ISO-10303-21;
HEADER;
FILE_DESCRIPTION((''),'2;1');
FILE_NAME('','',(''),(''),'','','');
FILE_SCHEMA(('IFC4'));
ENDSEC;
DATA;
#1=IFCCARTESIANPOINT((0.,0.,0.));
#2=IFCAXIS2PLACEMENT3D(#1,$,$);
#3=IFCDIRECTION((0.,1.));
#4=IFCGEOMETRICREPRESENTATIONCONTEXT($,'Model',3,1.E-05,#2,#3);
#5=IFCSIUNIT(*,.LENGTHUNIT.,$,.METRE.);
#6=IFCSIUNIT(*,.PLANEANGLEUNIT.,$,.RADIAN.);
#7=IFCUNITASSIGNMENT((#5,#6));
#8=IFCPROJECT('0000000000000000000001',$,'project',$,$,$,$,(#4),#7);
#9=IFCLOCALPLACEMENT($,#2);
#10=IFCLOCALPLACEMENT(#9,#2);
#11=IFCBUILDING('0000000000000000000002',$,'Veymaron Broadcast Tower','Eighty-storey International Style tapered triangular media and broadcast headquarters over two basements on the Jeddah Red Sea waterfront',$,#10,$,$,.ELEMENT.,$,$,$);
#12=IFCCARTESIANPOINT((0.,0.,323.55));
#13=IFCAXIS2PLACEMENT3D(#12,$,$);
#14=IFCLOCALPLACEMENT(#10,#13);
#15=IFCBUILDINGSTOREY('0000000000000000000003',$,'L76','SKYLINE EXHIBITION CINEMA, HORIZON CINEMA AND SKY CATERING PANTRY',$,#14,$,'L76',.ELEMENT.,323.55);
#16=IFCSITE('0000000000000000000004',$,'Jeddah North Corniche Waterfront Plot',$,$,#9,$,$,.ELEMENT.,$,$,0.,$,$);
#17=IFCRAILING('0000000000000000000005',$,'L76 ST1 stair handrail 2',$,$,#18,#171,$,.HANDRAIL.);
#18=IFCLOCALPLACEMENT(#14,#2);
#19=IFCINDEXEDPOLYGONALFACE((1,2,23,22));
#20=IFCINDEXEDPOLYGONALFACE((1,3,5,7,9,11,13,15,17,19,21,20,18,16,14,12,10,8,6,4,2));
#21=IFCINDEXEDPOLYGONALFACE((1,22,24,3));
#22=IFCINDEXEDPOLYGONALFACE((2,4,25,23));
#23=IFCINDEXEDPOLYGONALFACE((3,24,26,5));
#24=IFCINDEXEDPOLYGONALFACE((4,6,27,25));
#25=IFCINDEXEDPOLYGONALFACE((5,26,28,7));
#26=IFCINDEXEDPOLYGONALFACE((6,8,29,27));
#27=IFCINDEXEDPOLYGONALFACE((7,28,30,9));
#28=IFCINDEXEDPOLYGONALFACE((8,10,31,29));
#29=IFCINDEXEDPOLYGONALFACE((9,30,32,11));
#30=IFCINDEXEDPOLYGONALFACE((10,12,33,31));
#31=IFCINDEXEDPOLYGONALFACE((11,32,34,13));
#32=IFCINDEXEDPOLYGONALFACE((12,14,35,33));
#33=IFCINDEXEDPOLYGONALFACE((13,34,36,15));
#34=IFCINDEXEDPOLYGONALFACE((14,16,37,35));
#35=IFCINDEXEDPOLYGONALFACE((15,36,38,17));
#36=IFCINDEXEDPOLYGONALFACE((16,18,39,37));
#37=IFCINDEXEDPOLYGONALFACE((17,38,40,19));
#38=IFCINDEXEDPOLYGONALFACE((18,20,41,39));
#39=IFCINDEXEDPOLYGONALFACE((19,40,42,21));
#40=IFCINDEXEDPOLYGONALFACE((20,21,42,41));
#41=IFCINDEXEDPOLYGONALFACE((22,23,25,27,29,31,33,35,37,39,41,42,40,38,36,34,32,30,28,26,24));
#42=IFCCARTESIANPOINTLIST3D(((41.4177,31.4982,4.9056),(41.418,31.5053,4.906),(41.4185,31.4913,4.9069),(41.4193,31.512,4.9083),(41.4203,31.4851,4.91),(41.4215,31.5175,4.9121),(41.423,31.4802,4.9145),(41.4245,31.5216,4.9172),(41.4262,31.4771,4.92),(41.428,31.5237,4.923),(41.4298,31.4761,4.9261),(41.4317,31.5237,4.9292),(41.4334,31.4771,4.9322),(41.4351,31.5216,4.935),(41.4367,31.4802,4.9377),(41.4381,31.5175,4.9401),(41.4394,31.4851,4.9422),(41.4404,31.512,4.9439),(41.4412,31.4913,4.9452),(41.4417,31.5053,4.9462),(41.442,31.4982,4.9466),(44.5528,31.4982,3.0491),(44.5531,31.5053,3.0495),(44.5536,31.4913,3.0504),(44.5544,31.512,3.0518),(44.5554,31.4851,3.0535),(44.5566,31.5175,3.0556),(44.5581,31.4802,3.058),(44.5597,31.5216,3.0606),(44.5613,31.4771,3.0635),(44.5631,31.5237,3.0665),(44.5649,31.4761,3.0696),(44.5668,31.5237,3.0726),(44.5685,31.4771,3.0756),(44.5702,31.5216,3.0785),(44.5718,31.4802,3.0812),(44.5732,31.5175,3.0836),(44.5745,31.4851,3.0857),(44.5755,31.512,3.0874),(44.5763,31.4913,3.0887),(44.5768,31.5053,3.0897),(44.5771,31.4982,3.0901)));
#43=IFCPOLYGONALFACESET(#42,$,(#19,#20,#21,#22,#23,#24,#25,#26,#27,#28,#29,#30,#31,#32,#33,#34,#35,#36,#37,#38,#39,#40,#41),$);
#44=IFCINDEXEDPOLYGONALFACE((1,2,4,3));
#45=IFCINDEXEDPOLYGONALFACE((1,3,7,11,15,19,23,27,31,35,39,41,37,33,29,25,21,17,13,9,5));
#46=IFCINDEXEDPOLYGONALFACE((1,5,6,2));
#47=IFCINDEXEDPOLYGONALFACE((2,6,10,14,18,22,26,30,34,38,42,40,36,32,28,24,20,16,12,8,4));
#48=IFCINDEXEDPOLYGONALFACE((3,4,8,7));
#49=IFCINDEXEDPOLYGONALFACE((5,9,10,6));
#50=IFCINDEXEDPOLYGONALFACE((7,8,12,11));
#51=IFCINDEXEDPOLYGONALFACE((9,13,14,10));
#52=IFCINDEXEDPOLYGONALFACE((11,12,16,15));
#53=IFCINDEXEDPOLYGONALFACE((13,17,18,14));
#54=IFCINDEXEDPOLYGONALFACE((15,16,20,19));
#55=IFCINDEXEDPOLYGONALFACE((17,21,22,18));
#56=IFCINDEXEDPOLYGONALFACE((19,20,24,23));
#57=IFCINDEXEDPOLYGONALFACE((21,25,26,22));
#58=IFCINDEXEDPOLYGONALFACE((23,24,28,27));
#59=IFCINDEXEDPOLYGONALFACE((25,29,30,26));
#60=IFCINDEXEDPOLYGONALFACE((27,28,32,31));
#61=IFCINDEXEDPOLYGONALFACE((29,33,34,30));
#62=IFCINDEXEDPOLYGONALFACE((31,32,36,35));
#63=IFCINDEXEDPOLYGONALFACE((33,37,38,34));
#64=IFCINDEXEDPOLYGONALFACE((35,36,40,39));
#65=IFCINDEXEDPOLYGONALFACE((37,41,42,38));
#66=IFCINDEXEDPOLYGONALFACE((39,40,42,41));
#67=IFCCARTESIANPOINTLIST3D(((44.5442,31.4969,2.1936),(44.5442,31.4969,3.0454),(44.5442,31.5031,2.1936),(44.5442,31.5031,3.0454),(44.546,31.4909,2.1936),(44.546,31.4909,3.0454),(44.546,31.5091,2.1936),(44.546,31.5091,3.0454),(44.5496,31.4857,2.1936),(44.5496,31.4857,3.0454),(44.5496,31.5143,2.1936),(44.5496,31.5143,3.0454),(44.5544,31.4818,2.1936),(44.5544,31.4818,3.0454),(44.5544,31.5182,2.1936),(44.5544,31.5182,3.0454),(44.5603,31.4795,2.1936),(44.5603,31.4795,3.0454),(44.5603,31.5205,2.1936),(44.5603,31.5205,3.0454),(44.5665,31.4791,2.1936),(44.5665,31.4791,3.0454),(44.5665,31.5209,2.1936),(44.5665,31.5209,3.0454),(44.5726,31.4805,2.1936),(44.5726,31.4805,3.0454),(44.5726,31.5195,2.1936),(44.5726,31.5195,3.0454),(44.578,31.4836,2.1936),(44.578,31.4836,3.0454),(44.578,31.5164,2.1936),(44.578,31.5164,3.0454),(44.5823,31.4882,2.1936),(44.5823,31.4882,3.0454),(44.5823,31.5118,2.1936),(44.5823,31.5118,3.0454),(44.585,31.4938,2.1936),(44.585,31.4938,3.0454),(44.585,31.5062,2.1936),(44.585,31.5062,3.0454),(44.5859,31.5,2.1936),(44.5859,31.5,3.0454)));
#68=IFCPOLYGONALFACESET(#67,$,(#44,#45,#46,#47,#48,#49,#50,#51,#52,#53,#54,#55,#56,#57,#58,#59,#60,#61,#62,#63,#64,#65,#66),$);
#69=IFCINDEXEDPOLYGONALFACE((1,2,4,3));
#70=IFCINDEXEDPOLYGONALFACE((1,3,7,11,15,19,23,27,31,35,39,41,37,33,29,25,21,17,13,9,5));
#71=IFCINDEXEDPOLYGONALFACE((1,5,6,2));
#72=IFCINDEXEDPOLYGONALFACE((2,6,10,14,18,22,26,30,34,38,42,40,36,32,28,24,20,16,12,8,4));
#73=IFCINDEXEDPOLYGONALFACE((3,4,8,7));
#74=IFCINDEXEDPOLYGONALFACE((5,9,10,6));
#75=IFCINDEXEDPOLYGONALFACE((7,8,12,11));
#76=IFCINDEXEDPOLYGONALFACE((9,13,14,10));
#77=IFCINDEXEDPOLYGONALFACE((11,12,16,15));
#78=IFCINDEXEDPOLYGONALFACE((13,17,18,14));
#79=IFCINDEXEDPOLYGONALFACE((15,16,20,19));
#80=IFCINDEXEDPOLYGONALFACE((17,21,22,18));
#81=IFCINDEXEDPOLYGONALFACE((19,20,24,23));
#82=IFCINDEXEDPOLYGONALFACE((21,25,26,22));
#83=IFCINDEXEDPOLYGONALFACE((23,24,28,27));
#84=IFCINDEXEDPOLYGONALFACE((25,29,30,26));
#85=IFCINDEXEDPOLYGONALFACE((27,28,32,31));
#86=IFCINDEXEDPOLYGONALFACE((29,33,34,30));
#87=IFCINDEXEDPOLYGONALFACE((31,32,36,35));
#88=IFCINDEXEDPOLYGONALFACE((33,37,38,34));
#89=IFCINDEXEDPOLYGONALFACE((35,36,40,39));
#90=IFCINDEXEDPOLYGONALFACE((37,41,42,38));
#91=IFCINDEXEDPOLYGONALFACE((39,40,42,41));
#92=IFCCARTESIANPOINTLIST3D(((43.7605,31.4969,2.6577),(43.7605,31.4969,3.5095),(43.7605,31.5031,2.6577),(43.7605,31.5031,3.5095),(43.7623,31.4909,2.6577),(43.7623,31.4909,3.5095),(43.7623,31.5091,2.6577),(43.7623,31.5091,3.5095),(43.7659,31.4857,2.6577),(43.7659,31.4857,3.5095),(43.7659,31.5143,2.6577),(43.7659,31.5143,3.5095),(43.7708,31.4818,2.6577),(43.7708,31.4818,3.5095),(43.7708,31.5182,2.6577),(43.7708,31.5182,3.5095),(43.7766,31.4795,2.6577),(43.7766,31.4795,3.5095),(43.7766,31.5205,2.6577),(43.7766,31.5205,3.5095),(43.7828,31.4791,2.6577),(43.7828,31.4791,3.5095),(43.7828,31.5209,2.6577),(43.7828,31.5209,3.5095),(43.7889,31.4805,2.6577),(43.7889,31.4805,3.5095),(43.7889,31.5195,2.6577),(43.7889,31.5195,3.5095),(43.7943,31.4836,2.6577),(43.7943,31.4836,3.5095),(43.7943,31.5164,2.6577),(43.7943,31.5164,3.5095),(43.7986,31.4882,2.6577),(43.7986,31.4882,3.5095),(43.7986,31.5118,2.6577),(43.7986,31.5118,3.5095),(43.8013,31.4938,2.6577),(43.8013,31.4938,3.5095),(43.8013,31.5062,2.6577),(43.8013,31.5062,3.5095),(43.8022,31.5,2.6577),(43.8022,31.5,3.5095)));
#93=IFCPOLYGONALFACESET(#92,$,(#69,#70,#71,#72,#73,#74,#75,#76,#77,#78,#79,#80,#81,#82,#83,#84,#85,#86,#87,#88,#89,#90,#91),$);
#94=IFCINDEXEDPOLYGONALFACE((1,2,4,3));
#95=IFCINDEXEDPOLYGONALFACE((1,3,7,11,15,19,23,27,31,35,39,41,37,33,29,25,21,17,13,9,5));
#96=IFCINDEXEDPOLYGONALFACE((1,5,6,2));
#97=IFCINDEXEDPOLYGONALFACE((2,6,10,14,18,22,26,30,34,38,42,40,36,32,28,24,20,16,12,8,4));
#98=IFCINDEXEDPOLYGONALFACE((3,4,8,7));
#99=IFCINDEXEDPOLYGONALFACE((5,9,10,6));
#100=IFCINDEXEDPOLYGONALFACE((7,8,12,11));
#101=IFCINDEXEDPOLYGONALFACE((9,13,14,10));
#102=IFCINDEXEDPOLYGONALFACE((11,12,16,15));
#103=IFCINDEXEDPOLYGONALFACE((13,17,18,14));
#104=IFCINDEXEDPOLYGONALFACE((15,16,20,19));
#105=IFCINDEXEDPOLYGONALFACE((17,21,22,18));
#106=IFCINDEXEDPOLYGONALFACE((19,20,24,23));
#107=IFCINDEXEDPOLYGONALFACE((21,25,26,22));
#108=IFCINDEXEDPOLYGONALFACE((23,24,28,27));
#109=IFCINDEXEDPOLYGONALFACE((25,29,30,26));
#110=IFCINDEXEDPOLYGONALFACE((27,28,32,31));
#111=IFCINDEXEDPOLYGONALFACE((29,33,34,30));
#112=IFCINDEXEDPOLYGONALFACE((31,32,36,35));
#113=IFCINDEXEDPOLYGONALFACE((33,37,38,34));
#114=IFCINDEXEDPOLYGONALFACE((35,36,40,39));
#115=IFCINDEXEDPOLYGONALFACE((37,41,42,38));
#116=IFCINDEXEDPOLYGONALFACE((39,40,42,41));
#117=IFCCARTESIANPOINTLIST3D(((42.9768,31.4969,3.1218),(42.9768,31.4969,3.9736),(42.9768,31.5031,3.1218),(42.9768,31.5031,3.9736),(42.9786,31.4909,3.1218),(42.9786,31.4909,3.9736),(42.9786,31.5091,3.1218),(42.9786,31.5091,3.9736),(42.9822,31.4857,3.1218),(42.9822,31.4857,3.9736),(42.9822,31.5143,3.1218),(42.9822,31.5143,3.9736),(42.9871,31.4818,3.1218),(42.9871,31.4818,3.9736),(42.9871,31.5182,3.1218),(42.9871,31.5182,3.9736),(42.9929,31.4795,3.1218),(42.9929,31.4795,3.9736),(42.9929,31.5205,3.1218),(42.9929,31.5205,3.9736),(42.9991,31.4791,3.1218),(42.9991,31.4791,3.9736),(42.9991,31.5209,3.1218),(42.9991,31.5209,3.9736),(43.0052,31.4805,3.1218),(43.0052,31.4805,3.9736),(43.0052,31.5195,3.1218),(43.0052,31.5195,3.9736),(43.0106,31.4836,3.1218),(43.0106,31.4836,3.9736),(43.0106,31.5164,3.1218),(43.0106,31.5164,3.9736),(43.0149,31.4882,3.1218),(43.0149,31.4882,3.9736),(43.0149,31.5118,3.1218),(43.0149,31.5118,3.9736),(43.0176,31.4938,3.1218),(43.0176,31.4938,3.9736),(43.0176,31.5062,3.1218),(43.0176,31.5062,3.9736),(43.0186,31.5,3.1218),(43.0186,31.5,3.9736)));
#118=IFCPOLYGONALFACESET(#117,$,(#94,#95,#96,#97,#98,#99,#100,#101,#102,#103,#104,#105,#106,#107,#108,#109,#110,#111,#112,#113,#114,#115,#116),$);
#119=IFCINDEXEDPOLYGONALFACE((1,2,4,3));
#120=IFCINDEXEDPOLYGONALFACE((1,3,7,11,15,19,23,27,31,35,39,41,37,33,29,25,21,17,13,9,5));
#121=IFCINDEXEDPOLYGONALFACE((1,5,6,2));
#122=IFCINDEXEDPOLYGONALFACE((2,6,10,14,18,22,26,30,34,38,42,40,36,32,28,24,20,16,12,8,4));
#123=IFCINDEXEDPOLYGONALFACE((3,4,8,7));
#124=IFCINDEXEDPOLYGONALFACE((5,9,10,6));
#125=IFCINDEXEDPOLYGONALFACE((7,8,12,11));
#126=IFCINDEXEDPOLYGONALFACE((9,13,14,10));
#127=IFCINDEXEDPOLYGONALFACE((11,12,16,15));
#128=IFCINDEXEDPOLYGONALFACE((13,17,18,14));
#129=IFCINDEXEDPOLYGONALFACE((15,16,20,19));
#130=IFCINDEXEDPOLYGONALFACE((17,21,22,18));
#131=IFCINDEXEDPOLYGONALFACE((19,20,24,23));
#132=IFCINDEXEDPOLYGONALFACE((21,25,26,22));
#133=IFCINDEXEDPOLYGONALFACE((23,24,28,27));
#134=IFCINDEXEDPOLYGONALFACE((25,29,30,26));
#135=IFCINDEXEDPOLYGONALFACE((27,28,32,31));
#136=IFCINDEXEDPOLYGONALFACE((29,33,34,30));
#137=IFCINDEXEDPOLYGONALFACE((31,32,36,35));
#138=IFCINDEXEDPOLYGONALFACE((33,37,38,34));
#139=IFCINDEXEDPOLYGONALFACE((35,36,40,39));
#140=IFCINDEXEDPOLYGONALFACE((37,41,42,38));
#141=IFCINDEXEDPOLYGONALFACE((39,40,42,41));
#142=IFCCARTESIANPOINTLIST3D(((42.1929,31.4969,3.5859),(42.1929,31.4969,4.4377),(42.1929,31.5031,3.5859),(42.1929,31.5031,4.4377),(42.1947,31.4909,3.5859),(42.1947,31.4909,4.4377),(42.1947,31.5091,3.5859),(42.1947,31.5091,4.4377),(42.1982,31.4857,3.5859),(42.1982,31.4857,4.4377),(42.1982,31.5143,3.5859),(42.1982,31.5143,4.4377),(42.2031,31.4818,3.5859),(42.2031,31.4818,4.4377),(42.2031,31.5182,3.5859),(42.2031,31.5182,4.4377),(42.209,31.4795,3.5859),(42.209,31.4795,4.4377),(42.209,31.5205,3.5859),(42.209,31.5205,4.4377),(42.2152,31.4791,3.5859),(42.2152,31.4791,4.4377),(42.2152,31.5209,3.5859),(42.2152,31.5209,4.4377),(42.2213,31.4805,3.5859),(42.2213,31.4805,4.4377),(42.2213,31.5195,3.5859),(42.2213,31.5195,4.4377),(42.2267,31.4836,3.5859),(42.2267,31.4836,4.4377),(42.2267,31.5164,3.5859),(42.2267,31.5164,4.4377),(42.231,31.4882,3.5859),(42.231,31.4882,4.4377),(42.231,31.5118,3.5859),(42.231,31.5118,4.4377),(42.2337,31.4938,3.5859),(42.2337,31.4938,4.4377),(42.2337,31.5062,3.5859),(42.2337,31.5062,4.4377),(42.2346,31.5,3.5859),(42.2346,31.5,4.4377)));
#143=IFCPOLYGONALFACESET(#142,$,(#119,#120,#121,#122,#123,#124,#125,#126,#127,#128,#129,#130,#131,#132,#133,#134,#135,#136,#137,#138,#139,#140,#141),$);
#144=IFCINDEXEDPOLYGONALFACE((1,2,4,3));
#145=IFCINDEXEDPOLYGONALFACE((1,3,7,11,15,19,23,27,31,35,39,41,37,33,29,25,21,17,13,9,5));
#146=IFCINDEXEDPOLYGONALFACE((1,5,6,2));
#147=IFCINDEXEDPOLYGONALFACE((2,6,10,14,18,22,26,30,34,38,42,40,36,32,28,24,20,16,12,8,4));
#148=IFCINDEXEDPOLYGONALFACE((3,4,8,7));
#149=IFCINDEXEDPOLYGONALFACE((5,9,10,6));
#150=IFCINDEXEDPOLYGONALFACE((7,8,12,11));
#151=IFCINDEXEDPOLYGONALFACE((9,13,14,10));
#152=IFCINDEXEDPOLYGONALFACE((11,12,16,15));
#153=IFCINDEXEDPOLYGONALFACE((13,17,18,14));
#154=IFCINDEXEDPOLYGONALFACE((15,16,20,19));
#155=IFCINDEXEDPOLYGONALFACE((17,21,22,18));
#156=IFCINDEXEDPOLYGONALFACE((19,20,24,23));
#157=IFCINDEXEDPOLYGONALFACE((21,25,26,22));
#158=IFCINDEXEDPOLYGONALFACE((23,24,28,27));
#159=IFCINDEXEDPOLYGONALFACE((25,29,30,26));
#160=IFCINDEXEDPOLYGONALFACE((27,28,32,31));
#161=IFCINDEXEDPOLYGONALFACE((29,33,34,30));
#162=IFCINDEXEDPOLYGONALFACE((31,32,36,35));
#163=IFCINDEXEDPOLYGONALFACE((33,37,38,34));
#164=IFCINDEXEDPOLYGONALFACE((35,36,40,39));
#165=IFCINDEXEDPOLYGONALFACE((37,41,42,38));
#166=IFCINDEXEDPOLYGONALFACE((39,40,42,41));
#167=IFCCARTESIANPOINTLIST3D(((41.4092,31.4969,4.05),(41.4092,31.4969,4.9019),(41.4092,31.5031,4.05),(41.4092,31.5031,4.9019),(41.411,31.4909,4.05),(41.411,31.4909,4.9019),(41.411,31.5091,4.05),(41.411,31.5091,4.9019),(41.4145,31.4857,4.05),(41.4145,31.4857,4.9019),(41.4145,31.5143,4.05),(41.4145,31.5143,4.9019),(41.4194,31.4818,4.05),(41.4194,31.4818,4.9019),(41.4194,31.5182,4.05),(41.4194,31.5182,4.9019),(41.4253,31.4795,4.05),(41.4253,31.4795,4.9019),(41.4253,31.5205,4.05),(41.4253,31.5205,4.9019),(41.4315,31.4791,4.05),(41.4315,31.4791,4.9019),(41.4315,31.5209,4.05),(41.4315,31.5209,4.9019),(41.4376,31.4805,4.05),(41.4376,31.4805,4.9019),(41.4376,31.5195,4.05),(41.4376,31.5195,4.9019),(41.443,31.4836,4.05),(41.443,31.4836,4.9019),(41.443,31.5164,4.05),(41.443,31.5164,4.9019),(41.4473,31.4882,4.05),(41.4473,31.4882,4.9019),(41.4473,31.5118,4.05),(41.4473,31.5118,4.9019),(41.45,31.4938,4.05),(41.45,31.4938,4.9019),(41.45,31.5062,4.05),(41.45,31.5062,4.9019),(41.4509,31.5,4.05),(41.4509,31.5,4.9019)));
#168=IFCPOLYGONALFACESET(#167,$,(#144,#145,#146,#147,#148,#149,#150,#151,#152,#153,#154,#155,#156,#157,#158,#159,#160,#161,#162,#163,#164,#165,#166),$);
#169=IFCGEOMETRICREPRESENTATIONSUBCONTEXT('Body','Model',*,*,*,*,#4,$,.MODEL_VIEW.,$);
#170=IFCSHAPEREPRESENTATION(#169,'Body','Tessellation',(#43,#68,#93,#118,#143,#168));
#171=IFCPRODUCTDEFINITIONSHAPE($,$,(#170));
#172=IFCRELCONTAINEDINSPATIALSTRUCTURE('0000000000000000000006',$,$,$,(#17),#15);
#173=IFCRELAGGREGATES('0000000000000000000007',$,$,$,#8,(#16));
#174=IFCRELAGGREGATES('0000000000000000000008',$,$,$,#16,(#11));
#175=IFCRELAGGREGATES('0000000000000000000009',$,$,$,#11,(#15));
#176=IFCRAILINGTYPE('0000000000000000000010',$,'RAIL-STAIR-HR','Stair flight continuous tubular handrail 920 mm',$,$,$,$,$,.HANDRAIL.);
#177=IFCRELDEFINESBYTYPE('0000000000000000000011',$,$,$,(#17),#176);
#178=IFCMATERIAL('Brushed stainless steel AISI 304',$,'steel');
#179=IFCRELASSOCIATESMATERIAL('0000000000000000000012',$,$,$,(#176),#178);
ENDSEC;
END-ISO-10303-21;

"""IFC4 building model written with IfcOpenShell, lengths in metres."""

from ifc_helpers import new_model, si_unit, direction, frame, origin, origin_2d, place, context, subcontext, project, spatial, circle, extrude, material, type_object, element, save


model = new_model("IFC4")

# Units and contexts
model_context = context("Model", 3, precision=1e-05, world=origin(), true_north=direction((0.0, 1.0)))
body_context = subcontext(model_context, "Body", "Model", "MODEL_VIEW")
ifc_project = project(units=[si_unit("LENGTHUNIT", "METRE"), si_unit("PLANEANGLEUNIT", "RADIAN")], contexts=[model_context])

# Site, building, storey
site_placement = place(None, origin())
site = spatial("IfcSite", under=ifc_project, at=site_placement, Name="Jeddah North Corniche Waterfront Plot", CompositionType="ELEMENT", RefElevation=0.0)
building_placement = place(site_placement, origin())
building = spatial("IfcBuilding", under=site, at=building_placement, Name="Veymaron Broadcast Tower", Description="Eighty-storey International Style tapered triangular media and broadcast headquarters over two basements on the Jeddah Red Sea waterfront", CompositionType="ELEMENT")
storey_placement = place(building_placement, frame((0.0, 0.0, 323.55)))
storey = spatial("IfcBuildingStorey", under=building, at=storey_placement, Name="L76", Description="SKYLINE EXHIBITION CINEMA, HORIZON CINEMA AND SKY CATERING PANTRY", LongName="L76", CompositionType="ELEMENT", Elevation=323.55)

# Railing
ifc_material_1 = material(Name="Brushed stainless steel AISI 304", Category="steel")
railing_type_1 = type_object("IfcRailingType", Name="RAIL-STAIR-HR", Description="Stair flight continuous tubular handrail 920 mm", PredefinedType="HANDRAIL", material=ifc_material_1)
railing_1_placement = place(storey_placement, frame((44.5649, 31.5, 2.1936)))
element("IfcRailing", 1, at=railing_1_placement, inside=storey, type_object=railing_type_1, Name="L76 ST1 stair handrail 2", PredefinedType="HANDRAIL", context=body_context, shape_type="SweptSolid", body=[
    extrude(circle(Radius=0.0239, at=origin_2d()), frame((0.0, 0.0, 0.876), z_axis=(-0.860453, 0.0, 0.509531), x_axis=(0.0, -1.0, 0.0)), (0.0, 0.0, 1.0), 3.6436),
    extrude(circle(Radius=0.021, at=origin_2d()), origin(), (0.0, 0.0, 1.0), 0.8518),
    extrude(circle(Radius=0.021, at=origin_2d()), frame((-0.7837, 0.0, 0.4641)), (0.0, 0.0, 1.0), 0.8518),
    extrude(circle(Radius=0.021, at=origin_2d()), frame((-1.5674, 0.0, 0.9282)), (0.0, 0.0, 1.0), 0.8518),
    extrude(circle(Radius=0.021, at=origin_2d()), frame((-2.3513, 0.0, 1.3923)), (0.0, 0.0, 1.0), 0.8518),
    extrude(circle(Radius=0.021, at=origin_2d()), frame((-3.135, 0.0, 1.8564)), (0.0, 0.0, 1.0), 0.8518),
])

save(model, "model.ifc")
